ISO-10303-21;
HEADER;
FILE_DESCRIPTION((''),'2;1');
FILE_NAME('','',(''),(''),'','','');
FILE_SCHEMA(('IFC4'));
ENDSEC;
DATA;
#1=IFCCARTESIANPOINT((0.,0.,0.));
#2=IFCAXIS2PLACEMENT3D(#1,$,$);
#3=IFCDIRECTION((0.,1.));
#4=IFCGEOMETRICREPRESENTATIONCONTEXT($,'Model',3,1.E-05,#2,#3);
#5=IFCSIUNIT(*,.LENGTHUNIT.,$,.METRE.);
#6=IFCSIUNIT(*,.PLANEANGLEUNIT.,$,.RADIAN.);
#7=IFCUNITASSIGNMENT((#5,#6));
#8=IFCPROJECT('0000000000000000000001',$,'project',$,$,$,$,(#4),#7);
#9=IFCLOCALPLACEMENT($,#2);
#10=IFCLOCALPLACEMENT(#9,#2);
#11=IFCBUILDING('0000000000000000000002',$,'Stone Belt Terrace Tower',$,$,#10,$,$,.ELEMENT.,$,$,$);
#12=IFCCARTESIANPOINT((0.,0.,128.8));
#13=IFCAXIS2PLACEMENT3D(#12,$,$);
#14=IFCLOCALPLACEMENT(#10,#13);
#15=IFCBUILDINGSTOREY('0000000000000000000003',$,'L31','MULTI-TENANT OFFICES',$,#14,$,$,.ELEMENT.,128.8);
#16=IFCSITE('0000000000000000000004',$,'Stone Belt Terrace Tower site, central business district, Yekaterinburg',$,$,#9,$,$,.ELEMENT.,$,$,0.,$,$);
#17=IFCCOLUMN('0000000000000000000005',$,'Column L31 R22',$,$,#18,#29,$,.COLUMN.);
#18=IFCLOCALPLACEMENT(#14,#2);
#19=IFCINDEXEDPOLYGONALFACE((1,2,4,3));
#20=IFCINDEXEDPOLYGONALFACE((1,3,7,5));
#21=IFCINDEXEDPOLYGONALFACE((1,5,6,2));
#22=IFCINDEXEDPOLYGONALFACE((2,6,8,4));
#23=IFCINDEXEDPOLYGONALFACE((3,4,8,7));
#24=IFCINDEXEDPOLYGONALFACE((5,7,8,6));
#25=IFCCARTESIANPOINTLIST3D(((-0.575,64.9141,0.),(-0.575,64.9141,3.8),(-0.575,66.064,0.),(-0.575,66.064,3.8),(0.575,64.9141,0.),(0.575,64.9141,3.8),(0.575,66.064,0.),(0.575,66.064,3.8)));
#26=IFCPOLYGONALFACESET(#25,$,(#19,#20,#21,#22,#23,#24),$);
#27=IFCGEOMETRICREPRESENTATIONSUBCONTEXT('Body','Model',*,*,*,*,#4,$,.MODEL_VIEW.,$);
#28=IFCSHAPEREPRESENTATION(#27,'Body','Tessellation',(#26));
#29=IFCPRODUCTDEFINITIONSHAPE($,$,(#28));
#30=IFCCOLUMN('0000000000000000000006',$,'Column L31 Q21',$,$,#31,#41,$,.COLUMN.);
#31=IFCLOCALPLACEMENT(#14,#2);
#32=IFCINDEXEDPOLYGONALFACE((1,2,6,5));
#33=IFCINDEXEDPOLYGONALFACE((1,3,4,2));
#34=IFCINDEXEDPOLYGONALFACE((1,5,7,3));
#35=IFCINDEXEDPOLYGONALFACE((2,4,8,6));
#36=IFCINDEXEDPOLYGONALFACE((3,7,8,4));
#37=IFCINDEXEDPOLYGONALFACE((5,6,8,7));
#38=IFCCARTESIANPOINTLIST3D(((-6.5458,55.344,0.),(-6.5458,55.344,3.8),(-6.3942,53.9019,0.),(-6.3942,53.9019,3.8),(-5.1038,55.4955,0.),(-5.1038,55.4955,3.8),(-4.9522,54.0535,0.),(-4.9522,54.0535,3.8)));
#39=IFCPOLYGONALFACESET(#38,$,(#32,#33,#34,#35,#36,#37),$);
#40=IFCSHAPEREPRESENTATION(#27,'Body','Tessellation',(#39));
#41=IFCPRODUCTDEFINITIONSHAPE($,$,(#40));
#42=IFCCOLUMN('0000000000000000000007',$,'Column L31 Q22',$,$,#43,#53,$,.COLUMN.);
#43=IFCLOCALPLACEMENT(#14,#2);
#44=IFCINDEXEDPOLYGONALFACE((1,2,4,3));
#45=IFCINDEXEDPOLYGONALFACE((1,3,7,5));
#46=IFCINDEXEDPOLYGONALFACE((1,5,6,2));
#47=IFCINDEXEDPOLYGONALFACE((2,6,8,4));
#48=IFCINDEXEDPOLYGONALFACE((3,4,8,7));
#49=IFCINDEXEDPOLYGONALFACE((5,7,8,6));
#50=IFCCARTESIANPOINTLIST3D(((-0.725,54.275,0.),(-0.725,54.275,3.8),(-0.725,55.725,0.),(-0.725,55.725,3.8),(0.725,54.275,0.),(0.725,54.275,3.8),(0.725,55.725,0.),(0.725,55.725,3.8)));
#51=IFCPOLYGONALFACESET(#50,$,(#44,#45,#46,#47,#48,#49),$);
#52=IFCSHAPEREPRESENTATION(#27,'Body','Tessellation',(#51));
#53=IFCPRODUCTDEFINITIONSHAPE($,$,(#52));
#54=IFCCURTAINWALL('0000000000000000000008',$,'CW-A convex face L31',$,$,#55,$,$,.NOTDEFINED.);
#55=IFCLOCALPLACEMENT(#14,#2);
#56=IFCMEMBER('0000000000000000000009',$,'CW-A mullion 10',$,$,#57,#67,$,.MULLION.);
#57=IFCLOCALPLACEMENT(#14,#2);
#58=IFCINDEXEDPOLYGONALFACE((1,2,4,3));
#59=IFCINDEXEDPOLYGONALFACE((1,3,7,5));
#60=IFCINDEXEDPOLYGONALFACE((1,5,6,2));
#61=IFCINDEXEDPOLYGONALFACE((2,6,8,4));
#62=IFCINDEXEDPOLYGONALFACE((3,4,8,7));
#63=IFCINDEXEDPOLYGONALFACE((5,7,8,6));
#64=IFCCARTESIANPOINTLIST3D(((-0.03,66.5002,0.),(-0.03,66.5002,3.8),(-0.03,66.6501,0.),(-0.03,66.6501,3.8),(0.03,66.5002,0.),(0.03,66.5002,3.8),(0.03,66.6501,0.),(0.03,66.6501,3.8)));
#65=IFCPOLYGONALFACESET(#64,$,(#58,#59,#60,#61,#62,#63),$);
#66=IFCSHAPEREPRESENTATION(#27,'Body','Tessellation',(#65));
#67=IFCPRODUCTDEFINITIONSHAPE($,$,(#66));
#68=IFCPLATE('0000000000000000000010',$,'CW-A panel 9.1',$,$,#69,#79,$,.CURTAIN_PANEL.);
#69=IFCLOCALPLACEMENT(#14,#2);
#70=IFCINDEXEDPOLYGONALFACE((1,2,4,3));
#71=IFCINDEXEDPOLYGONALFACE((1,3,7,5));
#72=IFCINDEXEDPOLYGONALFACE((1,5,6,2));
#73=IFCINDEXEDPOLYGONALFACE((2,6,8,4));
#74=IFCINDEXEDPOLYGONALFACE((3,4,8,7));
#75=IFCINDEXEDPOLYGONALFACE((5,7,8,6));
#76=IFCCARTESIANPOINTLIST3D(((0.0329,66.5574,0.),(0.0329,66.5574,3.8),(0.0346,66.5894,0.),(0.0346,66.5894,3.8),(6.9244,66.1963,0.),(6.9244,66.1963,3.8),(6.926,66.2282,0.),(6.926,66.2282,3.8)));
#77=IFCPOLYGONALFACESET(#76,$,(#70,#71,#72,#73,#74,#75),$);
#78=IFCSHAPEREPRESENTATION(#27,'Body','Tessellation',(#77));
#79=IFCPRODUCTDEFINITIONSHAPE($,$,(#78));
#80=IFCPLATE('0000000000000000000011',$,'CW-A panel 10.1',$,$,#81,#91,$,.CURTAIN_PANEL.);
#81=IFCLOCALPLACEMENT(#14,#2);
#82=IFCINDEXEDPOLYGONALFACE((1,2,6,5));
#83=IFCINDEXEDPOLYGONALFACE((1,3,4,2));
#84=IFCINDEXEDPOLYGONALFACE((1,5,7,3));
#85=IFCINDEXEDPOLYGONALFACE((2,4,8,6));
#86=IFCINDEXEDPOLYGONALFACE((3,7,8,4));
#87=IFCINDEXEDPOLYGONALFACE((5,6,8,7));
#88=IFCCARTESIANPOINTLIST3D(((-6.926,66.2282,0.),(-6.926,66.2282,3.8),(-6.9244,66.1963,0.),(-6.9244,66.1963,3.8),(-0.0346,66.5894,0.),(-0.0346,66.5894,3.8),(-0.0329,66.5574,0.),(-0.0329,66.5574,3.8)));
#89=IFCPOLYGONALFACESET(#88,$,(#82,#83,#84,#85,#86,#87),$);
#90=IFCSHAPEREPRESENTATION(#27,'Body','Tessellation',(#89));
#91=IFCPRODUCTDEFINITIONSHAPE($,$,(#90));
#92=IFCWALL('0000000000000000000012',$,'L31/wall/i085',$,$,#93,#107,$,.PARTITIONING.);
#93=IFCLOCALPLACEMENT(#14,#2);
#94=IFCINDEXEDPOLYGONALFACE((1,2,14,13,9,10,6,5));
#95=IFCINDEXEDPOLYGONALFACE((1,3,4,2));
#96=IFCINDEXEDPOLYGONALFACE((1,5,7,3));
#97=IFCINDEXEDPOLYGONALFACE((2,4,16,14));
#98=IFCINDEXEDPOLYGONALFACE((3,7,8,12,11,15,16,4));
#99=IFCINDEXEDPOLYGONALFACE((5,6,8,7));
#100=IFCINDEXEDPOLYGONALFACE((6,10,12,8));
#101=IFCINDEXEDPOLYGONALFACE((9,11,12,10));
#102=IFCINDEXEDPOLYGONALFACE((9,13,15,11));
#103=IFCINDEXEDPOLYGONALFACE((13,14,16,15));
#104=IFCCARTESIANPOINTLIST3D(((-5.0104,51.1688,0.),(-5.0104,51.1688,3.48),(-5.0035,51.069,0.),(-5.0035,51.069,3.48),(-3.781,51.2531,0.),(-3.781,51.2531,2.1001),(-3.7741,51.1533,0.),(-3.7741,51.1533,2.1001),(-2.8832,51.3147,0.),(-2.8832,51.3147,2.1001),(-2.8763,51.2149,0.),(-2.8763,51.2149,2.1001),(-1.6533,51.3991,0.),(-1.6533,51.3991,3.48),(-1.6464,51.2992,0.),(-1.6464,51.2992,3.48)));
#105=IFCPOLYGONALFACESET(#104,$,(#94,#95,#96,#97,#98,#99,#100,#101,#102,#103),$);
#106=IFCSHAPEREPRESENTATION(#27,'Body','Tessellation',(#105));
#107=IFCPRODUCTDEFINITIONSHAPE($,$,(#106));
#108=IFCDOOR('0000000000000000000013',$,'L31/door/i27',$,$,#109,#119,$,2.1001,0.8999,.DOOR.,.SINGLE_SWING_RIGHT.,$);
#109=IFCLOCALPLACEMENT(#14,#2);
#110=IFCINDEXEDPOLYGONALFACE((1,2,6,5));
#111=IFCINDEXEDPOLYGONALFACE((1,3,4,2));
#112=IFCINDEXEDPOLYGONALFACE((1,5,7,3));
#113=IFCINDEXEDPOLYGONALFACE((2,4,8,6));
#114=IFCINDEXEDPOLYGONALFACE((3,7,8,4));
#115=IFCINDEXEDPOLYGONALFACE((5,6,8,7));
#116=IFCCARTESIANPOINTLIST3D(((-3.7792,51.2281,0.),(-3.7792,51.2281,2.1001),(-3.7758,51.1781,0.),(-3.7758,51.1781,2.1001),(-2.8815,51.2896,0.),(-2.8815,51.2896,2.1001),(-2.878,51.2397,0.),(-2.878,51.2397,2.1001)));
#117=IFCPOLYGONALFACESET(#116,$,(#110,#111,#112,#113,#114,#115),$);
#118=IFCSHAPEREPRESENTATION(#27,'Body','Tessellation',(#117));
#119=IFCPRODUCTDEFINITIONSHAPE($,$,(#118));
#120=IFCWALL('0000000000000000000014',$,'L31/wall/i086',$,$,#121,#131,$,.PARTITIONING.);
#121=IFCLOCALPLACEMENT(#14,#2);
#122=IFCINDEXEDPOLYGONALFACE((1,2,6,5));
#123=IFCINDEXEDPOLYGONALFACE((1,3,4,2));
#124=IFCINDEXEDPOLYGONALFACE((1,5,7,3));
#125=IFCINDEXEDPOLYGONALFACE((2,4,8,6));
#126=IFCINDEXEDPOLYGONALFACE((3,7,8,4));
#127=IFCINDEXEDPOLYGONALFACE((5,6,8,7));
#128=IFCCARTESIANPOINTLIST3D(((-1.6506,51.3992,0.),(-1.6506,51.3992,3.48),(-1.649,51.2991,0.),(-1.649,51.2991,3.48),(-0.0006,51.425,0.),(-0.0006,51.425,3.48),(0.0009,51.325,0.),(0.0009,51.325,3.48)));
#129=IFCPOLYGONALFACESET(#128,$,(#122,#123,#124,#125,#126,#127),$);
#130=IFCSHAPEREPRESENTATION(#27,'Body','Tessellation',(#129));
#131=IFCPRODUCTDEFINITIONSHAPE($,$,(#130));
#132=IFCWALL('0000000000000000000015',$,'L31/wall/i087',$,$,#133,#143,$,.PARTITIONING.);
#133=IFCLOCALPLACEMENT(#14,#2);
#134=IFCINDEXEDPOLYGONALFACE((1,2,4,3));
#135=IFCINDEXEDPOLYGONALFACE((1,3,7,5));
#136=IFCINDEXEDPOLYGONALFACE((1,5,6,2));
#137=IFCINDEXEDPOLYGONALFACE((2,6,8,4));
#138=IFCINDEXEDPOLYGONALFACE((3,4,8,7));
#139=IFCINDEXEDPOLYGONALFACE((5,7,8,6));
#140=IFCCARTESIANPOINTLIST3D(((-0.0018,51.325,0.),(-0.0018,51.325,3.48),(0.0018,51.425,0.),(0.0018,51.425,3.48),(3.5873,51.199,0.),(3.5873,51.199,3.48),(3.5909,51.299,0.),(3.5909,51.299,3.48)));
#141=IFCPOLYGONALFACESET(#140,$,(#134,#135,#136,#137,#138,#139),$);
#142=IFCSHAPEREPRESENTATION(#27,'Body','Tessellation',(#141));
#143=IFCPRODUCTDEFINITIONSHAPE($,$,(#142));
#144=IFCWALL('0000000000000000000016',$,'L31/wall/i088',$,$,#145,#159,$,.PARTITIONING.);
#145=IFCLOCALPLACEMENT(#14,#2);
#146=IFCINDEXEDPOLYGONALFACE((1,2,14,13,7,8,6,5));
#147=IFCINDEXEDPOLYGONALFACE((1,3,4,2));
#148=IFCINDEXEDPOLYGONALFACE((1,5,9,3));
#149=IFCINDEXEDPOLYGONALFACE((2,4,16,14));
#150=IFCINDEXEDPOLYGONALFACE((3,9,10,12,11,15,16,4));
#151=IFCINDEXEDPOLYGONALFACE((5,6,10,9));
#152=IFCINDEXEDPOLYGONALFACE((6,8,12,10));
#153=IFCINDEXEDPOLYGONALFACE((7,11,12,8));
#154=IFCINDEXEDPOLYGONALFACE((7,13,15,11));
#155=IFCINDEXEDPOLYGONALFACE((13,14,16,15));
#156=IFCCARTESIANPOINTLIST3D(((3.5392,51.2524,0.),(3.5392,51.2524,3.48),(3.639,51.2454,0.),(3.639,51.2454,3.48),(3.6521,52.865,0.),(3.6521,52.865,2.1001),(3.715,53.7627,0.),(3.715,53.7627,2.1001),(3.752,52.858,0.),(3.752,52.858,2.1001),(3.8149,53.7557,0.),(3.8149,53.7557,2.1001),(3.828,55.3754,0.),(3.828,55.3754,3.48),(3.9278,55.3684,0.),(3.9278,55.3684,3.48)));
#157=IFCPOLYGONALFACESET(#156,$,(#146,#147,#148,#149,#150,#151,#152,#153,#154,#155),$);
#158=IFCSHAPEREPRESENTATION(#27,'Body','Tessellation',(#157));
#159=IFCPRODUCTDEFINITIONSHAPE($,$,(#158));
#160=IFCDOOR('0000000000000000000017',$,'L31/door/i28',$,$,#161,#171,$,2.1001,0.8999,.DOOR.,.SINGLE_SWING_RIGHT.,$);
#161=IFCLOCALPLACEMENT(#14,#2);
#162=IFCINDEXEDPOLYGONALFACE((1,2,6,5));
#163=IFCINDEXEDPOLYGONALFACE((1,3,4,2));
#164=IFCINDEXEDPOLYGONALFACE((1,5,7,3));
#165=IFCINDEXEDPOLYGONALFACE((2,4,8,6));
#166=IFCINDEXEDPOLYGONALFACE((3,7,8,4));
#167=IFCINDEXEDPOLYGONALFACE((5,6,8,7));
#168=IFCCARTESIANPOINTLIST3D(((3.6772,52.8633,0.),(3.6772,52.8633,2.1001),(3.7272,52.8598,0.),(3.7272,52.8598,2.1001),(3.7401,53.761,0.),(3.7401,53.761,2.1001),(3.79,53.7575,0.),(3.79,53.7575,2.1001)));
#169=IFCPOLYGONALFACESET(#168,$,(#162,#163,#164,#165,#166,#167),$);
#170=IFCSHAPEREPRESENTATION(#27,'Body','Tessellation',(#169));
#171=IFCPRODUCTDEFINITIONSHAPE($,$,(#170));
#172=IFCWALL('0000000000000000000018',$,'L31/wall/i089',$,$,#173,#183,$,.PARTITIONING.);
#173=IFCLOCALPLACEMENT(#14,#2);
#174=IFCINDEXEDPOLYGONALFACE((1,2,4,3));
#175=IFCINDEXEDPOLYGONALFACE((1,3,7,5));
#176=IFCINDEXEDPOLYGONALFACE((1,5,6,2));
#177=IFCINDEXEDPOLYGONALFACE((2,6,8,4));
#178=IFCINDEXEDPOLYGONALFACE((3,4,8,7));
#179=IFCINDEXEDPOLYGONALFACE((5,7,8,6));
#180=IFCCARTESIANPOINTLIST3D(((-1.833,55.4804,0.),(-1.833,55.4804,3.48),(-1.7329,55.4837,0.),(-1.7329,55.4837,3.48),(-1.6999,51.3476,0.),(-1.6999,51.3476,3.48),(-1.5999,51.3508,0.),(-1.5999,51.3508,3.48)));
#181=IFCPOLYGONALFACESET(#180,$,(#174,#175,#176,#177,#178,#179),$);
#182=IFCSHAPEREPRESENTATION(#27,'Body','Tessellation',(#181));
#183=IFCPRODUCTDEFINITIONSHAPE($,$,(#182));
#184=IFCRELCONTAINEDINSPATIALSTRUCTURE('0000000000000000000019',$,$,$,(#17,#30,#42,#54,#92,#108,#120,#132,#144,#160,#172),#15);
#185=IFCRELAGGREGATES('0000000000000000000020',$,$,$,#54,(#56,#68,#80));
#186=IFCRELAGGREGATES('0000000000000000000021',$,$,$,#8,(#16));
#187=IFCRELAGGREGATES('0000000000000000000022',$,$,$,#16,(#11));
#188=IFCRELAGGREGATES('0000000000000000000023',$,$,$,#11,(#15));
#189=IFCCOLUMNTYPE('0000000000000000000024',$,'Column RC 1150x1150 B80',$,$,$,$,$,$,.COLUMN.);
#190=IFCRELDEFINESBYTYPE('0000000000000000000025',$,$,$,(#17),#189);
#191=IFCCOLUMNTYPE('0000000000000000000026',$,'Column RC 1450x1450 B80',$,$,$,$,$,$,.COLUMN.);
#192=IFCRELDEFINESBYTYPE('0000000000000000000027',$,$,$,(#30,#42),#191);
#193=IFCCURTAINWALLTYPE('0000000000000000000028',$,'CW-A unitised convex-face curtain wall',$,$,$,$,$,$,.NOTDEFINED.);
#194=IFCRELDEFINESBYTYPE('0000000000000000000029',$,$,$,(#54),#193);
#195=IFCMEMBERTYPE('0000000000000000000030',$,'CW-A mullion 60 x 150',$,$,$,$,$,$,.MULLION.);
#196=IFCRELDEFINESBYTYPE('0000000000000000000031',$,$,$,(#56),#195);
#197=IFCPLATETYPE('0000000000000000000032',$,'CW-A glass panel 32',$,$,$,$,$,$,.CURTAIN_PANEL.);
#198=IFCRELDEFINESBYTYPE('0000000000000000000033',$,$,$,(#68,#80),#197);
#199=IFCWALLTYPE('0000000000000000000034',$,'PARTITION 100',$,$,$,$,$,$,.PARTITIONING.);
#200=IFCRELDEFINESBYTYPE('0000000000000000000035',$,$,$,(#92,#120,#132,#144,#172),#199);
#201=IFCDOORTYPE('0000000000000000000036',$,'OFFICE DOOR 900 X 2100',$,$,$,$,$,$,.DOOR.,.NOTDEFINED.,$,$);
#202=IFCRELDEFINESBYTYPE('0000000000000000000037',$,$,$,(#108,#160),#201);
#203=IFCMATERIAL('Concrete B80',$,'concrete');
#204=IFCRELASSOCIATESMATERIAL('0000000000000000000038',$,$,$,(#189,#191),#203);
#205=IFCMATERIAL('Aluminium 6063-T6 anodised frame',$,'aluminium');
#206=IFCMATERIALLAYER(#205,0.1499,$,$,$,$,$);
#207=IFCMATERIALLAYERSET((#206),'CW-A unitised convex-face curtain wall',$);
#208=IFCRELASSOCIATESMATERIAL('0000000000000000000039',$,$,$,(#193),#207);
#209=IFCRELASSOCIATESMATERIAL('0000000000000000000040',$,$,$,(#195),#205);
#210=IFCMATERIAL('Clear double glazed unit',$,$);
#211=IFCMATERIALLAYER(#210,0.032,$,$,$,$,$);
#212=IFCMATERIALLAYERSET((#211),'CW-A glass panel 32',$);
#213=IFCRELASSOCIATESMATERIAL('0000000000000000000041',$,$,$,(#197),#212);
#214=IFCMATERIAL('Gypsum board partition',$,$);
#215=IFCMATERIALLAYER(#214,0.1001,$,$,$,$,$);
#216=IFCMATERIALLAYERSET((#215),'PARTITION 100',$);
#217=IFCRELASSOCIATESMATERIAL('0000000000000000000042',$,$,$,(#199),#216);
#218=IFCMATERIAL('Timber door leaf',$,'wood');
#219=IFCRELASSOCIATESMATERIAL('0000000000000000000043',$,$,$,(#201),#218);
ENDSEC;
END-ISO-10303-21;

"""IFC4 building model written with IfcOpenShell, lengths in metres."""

from ifc_helpers import new_model, si_unit, direction, frame, frame_2d, origin, origin_2d, place, context, subcontext, project, spatial, rectangle, extrude, material, layer, layer_set, material_profile, profile_set, type_object, element, fill, aggregate, save


model = new_model("IFC4")

# Units and contexts
model_context = context("Model", 3, precision=1e-05, world=origin(), true_north=direction((0.0, 1.0)))
body_context = subcontext(model_context, "Body", "Model", "MODEL_VIEW")
ifc_project = project(units=[si_unit("LENGTHUNIT", "METRE"), si_unit("PLANEANGLEUNIT", "RADIAN")], contexts=[model_context])

# Site, building, storey
site_placement = place(None, origin())
site = spatial("IfcSite", under=ifc_project, at=site_placement, Name="Stone Belt Terrace Tower site, central business district, Yekaterinburg", CompositionType="ELEMENT", RefElevation=0.0)
building_placement = place(site_placement, origin())
building = spatial("IfcBuilding", under=site, at=building_placement, Name="Stone Belt Terrace Tower", CompositionType="ELEMENT")
storey_placement = place(building_placement, frame((0.0, 0.0, 128.8)))
storey = spatial("IfcBuildingStorey", under=building, at=storey_placement, Name="L31", Description="MULTI-TENANT OFFICES", CompositionType="ELEMENT", Elevation=128.8)

# Columns
ifc_material_1 = material(Name="Concrete B80", Category="concrete")
ifc_material_profile_1 = material_profile(ifc_material_1, rectangle(XDim=1.1499, YDim=1.1499, at=origin_2d()), Name="RC 1150x1150")
ifc_profile_set_1 = profile_set([ifc_material_profile_1], Name="Concrete B80")
column_type_1 = type_object("IfcColumnType", Name="Column RC 1150x1150 B80", PredefinedType="COLUMN", material=ifc_profile_set_1)
column_placement = place(storey_placement, frame((0.0, 65.489, 0.0), z_axis=(0.0, 0.0, 1.0), x_axis=(1.0, 0.0, 0.0)))
element("IfcColumn", 1, at=column_placement, inside=storey, type_object=column_type_1, Name="Column L31 R22", PredefinedType="COLUMN", context=body_context, shape_type="SweptSolid", body=[
    extrude(rectangle(XDim=1.1499, YDim=1.1499, at=origin_2d()), origin(), (0.0, 0.0, 1.0), 3.8),
])
ifc_material_profile_2 = material_profile(ifc_material_1, rectangle(XDim=1.45, YDim=1.45, at=origin_2d()), Name="RC 1450x1450")
ifc_profile_set_2 = profile_set([ifc_material_profile_2], Name="Concrete B80")
column_type_2 = type_object("IfcColumnType", Name="Column RC 1450x1450 B80", PredefinedType="COLUMN", material=ifc_profile_set_2)
for number, where, z_axis, x_axis, name in (
    (2, (-5.749, 54.6987, 0.0), (0.0, 0.0, 1.0), (0.994522, 0.104528, 0.0), "Column L31 Q21"),
    (3, (0.0, 55.0, 0.0), (0.0, 0.0, 1.0), (1.0, 0.0, 0.0), "Column L31 Q22"),
):
    element("IfcColumn", number, at=place(storey_placement, frame(where, z_axis=z_axis, x_axis=x_axis)), inside=storey, type_object=column_type_2, Name=name, PredefinedType="COLUMN", context=body_context, shape_type="SweptSolid", body=[
        extrude(rectangle(XDim=1.45, YDim=1.45, at=origin_2d()), origin(), (0.0, 0.0, 1.0), 3.8),
    ])

# Curtain wall, member, plates
ifc_material_2 = material(Name="Aluminium 6063-T6 anodised frame", Category="aluminium")
ifc_layer_1 = layer(ifc_material_2, 0.1499)
ifc_layer_set_1 = layer_set([ifc_layer_1], Name="CW-A unitised convex-face curtain wall")
curtain_wall_type = type_object("IfcCurtainWallType", Name="CW-A unitised convex-face curtain wall", PredefinedType="NOTDEFINED", material=ifc_layer_set_1)
curtain_wall_placement = place(storey_placement, origin())
curtain_wall = element("IfcCurtainWall", 4, at=curtain_wall_placement, inside=storey, type_object=curtain_wall_type, Name="CW-A convex face L31", PredefinedType="NOTDEFINED")
ifc_material_profile_3 = material_profile(ifc_material_2, rectangle(XDim=0.1499, YDim=0.0601, at=origin_2d()), Name="Aluminium 6063-T6 60x150")
ifc_profile_set_3 = profile_set([ifc_material_profile_3], Name="Aluminium 6063-T6 anodised frame")
member_type = type_object("IfcMemberType", Name="CW-A mullion 60 x 150", PredefinedType="MULLION", material=ifc_profile_set_3)
member_placement = place(storey_placement, frame((0.0, 66.5752, 0.0), z_axis=(0.0, 0.0, 1.0), x_axis=(0.0, -1.0, 0.0)))
member = element("IfcMember", 5, at=member_placement, type_object=member_type, Name="CW-A mullion 10", PredefinedType="MULLION", context=body_context, shape_type="SweptSolid", body=[
    extrude(rectangle(XDim=0.1499, YDim=0.0601, at=origin_2d()), origin(), (0.0, 0.0, 1.0), 3.8),
])
ifc_material_3 = material(Name="Clear double glazed unit")
ifc_layer_2 = layer(ifc_material_3, 0.032)
ifc_layer_set_2 = layer_set([ifc_layer_2], Name="CW-A glass panel 32")
plate_type = type_object("IfcPlateType", Name="CW-A glass panel 32", PredefinedType="CURTAIN_PANEL", material=ifc_layer_set_2)
plate_1_placement = place(storey_placement, frame((3.4795, 66.3928, 0.0), z_axis=(0.0, 0.0, 1.0), x_axis=(-0.99863, 0.052336, 0.0)))
plate_1 = element("IfcPlate", 6, at=plate_1_placement, type_object=plate_type, Name="CW-A panel 9.1", PredefinedType="CURTAIN_PANEL", context=body_context, shape_type="SweptSolid", body=[
    extrude(rectangle(XDim=6.9009, YDim=0.032, at=origin_2d()), origin(), (0.0, 0.0, 1.0), 3.8),
])
plate_2_placement = place(storey_placement, frame((-3.4795, 66.3928, 0.0), z_axis=(0.0, 0.0, 1.0), x_axis=(-0.99863, -0.052336, 0.0)))
plate_2 = element("IfcPlate", 7, at=plate_2_placement, type_object=plate_type, Name="CW-A panel 10.1", PredefinedType="CURTAIN_PANEL", context=body_context, shape_type="SweptSolid", body=[
    extrude(rectangle(XDim=6.9009, YDim=0.032, at=origin_2d()), origin(), (0.0, 0.0, 1.0), 3.8),
])
aggregate(curtain_wall, [member, plate_1, plate_2])

# Wall, opening, door
ifc_material_4 = material(Name="Gypsum board partition")
ifc_layer_3 = layer(ifc_material_4, 0.1001)
ifc_layer_set_3 = layer_set([ifc_layer_3], Name="PARTITION 100")
wall_type_1 = type_object("IfcWallType", Name="PARTITION 100", PredefinedType="PARTITIONING", material=ifc_layer_set_3)
wall_1_placement = place(storey_placement, frame((-5.0071, 51.1189, 0.0), z_axis=(0.0, 0.0, 1.0), x_axis=(0.997657, 0.068416, 0.0)))
wall_1 = element("IfcWall", 8, at=wall_1_placement, inside=storey, type_object=wall_type_1, Name="L31/wall/i085", PredefinedType="PARTITIONING", context=body_context, shape_type="SweptSolid", body=[
    extrude(rectangle(XDim=3.365, YDim=0.1001, at=frame_2d((1.6826, 0.0))), origin(), (0.0, 0.0, 1.0), 3.48),
])
opening_1_placement = place(wall_1_placement, frame((1.2324, 0.0, 0.0)))
opening_1 = element("IfcOpeningElement", 9, at=opening_1_placement, cuts=wall_1, PredefinedType="OPENING", context=body_context, shape_type="SweptSolid", body=[
    extrude(rectangle(XDim=0.8999, YDim=2.1001, at=frame_2d((0.45, 1.05))), frame((0.0, 0.0601, 0.0), z_axis=(0.0, -1.0, 0.0), x_axis=(1.0, 0.0, 0.0)), (0.0, 0.0, 1.0), 0.1201),
])
ifc_material_5 = material(Name="Timber door leaf", Category="wood")
door_type = type_object("IfcDoorType", Name="OFFICE DOOR 900 X 2100", OperationType="NOTDEFINED", PredefinedType="DOOR", material=ifc_material_5)
door_1_placement = place(opening_1_placement, origin())
door_1 = element("IfcDoor", 10, at=door_1_placement, inside=storey, type_object=door_type, Name="L31/door/i27", OperationType="SINGLE_SWING_RIGHT", OverallHeight=2.1001, OverallWidth=0.8999, PredefinedType="DOOR", context=body_context, shape_type="SweptSolid", body=[
    extrude(rectangle(XDim=0.8999, YDim=2.1001, at=frame_2d((0.45, 1.05))), frame((0.0, 0.0249, 0.0), z_axis=(0.0, -1.0, 0.0), x_axis=(1.0, 0.0, 0.0)), (0.0, 0.0, 1.0), 0.05),
])
fill(opening_1, door_1)

# Walls
wall_2_placement = place(storey_placement, frame((-1.6499, 51.3491, 0.0), z_axis=(0.0, 0.0, 1.0), x_axis=(0.999877, 0.015683, 0.0)))
element("IfcWall", 11, at=wall_2_placement, inside=storey, type_object=wall_type_1, Name="L31/wall/i086", PredefinedType="PARTITIONING", context=body_context, shape_type="SweptSolid", body=[
    extrude(rectangle(XDim=1.6501, YDim=0.1001, at=frame_2d((0.8252, 0.0))), origin(), (0.0, 0.0, 1.0), 3.48),
])
wall_3_placement = place(storey_placement, frame((0.0, 51.375, 0.0), z_axis=(0.0, 0.0, 1.0), x_axis=(0.999385, -0.035078, 0.0)))
element("IfcWall", 12, at=wall_3_placement, inside=storey, type_object=wall_type_1, Name="L31/wall/i087", PredefinedType="PARTITIONING", context=body_context, shape_type="SweptSolid", body=[
    extrude(rectangle(XDim=3.5913, YDim=0.1001, at=frame_2d((1.7957, 0.0))), origin(), (0.0, 0.0, 1.0), 3.48),
])

# Wall, opening, door
wall_4_placement = place(storey_placement, frame((3.5891, 51.249, 0.0), z_axis=(0.0, 0.0, 1.0), x_axis=(0.069879, 0.997556, 0.0)))
wall_4 = element("IfcWall", 13, at=wall_4_placement, inside=storey, type_object=wall_type_1, Name="L31/wall/i088", PredefinedType="PARTITIONING", context=body_context, shape_type="SweptSolid", body=[
    extrude(rectangle(XDim=4.1331, YDim=0.1001, at=frame_2d((2.0664, 0.0))), origin(), (0.0, 0.0, 1.0), 3.48),
])
opening_2_placement = place(wall_4_placement, frame((1.6165, 0.0, 0.0)))
opening_2 = element("IfcOpeningElement", 14, at=opening_2_placement, cuts=wall_4, PredefinedType="OPENING", context=body_context, shape_type="SweptSolid", body=[
    extrude(rectangle(XDim=0.8999, YDim=2.1001, at=frame_2d((0.45, 1.05))), frame((0.0, 0.0601, 0.0), z_axis=(0.0, -1.0, 0.0), x_axis=(1.0, 0.0, 0.0)), (0.0, 0.0, 1.0), 0.1201),
])
door_2_placement = place(opening_2_placement, origin())
door_2 = element("IfcDoor", 15, at=door_2_placement, inside=storey, type_object=door_type, Name="L31/door/i28", OperationType="SINGLE_SWING_RIGHT", OverallHeight=2.1001, OverallWidth=0.8999, PredefinedType="DOOR", context=body_context, shape_type="SweptSolid", body=[
    extrude(rectangle(XDim=0.8999, YDim=2.1001, at=frame_2d((0.45, 1.05))), frame((0.0, 0.0249, 0.0), z_axis=(0.0, -1.0, 0.0), x_axis=(1.0, 0.0, 0.0)), (0.0, 0.0, 1.0), 0.05),
])
fill(opening_2, door_2)

# Wall
wall_5_placement = place(storey_placement, frame((-1.783, 55.4819, 0.0), z_axis=(0.0, 0.0, 1.0), x_axis=(0.032179, -0.999482, 0.0)))
element("IfcWall", 16, at=wall_5_placement, inside=storey, type_object=wall_type_1, Name="L31/wall/i089", PredefinedType="PARTITIONING", context=body_context, shape_type="SweptSolid", body=[
    extrude(rectangle(XDim=4.135, YDim=0.1001, at=frame_2d((2.0674, 0.0))), origin(), (0.0, 0.0, 1.0), 3.48),
])

save(model, "model.ifc")
